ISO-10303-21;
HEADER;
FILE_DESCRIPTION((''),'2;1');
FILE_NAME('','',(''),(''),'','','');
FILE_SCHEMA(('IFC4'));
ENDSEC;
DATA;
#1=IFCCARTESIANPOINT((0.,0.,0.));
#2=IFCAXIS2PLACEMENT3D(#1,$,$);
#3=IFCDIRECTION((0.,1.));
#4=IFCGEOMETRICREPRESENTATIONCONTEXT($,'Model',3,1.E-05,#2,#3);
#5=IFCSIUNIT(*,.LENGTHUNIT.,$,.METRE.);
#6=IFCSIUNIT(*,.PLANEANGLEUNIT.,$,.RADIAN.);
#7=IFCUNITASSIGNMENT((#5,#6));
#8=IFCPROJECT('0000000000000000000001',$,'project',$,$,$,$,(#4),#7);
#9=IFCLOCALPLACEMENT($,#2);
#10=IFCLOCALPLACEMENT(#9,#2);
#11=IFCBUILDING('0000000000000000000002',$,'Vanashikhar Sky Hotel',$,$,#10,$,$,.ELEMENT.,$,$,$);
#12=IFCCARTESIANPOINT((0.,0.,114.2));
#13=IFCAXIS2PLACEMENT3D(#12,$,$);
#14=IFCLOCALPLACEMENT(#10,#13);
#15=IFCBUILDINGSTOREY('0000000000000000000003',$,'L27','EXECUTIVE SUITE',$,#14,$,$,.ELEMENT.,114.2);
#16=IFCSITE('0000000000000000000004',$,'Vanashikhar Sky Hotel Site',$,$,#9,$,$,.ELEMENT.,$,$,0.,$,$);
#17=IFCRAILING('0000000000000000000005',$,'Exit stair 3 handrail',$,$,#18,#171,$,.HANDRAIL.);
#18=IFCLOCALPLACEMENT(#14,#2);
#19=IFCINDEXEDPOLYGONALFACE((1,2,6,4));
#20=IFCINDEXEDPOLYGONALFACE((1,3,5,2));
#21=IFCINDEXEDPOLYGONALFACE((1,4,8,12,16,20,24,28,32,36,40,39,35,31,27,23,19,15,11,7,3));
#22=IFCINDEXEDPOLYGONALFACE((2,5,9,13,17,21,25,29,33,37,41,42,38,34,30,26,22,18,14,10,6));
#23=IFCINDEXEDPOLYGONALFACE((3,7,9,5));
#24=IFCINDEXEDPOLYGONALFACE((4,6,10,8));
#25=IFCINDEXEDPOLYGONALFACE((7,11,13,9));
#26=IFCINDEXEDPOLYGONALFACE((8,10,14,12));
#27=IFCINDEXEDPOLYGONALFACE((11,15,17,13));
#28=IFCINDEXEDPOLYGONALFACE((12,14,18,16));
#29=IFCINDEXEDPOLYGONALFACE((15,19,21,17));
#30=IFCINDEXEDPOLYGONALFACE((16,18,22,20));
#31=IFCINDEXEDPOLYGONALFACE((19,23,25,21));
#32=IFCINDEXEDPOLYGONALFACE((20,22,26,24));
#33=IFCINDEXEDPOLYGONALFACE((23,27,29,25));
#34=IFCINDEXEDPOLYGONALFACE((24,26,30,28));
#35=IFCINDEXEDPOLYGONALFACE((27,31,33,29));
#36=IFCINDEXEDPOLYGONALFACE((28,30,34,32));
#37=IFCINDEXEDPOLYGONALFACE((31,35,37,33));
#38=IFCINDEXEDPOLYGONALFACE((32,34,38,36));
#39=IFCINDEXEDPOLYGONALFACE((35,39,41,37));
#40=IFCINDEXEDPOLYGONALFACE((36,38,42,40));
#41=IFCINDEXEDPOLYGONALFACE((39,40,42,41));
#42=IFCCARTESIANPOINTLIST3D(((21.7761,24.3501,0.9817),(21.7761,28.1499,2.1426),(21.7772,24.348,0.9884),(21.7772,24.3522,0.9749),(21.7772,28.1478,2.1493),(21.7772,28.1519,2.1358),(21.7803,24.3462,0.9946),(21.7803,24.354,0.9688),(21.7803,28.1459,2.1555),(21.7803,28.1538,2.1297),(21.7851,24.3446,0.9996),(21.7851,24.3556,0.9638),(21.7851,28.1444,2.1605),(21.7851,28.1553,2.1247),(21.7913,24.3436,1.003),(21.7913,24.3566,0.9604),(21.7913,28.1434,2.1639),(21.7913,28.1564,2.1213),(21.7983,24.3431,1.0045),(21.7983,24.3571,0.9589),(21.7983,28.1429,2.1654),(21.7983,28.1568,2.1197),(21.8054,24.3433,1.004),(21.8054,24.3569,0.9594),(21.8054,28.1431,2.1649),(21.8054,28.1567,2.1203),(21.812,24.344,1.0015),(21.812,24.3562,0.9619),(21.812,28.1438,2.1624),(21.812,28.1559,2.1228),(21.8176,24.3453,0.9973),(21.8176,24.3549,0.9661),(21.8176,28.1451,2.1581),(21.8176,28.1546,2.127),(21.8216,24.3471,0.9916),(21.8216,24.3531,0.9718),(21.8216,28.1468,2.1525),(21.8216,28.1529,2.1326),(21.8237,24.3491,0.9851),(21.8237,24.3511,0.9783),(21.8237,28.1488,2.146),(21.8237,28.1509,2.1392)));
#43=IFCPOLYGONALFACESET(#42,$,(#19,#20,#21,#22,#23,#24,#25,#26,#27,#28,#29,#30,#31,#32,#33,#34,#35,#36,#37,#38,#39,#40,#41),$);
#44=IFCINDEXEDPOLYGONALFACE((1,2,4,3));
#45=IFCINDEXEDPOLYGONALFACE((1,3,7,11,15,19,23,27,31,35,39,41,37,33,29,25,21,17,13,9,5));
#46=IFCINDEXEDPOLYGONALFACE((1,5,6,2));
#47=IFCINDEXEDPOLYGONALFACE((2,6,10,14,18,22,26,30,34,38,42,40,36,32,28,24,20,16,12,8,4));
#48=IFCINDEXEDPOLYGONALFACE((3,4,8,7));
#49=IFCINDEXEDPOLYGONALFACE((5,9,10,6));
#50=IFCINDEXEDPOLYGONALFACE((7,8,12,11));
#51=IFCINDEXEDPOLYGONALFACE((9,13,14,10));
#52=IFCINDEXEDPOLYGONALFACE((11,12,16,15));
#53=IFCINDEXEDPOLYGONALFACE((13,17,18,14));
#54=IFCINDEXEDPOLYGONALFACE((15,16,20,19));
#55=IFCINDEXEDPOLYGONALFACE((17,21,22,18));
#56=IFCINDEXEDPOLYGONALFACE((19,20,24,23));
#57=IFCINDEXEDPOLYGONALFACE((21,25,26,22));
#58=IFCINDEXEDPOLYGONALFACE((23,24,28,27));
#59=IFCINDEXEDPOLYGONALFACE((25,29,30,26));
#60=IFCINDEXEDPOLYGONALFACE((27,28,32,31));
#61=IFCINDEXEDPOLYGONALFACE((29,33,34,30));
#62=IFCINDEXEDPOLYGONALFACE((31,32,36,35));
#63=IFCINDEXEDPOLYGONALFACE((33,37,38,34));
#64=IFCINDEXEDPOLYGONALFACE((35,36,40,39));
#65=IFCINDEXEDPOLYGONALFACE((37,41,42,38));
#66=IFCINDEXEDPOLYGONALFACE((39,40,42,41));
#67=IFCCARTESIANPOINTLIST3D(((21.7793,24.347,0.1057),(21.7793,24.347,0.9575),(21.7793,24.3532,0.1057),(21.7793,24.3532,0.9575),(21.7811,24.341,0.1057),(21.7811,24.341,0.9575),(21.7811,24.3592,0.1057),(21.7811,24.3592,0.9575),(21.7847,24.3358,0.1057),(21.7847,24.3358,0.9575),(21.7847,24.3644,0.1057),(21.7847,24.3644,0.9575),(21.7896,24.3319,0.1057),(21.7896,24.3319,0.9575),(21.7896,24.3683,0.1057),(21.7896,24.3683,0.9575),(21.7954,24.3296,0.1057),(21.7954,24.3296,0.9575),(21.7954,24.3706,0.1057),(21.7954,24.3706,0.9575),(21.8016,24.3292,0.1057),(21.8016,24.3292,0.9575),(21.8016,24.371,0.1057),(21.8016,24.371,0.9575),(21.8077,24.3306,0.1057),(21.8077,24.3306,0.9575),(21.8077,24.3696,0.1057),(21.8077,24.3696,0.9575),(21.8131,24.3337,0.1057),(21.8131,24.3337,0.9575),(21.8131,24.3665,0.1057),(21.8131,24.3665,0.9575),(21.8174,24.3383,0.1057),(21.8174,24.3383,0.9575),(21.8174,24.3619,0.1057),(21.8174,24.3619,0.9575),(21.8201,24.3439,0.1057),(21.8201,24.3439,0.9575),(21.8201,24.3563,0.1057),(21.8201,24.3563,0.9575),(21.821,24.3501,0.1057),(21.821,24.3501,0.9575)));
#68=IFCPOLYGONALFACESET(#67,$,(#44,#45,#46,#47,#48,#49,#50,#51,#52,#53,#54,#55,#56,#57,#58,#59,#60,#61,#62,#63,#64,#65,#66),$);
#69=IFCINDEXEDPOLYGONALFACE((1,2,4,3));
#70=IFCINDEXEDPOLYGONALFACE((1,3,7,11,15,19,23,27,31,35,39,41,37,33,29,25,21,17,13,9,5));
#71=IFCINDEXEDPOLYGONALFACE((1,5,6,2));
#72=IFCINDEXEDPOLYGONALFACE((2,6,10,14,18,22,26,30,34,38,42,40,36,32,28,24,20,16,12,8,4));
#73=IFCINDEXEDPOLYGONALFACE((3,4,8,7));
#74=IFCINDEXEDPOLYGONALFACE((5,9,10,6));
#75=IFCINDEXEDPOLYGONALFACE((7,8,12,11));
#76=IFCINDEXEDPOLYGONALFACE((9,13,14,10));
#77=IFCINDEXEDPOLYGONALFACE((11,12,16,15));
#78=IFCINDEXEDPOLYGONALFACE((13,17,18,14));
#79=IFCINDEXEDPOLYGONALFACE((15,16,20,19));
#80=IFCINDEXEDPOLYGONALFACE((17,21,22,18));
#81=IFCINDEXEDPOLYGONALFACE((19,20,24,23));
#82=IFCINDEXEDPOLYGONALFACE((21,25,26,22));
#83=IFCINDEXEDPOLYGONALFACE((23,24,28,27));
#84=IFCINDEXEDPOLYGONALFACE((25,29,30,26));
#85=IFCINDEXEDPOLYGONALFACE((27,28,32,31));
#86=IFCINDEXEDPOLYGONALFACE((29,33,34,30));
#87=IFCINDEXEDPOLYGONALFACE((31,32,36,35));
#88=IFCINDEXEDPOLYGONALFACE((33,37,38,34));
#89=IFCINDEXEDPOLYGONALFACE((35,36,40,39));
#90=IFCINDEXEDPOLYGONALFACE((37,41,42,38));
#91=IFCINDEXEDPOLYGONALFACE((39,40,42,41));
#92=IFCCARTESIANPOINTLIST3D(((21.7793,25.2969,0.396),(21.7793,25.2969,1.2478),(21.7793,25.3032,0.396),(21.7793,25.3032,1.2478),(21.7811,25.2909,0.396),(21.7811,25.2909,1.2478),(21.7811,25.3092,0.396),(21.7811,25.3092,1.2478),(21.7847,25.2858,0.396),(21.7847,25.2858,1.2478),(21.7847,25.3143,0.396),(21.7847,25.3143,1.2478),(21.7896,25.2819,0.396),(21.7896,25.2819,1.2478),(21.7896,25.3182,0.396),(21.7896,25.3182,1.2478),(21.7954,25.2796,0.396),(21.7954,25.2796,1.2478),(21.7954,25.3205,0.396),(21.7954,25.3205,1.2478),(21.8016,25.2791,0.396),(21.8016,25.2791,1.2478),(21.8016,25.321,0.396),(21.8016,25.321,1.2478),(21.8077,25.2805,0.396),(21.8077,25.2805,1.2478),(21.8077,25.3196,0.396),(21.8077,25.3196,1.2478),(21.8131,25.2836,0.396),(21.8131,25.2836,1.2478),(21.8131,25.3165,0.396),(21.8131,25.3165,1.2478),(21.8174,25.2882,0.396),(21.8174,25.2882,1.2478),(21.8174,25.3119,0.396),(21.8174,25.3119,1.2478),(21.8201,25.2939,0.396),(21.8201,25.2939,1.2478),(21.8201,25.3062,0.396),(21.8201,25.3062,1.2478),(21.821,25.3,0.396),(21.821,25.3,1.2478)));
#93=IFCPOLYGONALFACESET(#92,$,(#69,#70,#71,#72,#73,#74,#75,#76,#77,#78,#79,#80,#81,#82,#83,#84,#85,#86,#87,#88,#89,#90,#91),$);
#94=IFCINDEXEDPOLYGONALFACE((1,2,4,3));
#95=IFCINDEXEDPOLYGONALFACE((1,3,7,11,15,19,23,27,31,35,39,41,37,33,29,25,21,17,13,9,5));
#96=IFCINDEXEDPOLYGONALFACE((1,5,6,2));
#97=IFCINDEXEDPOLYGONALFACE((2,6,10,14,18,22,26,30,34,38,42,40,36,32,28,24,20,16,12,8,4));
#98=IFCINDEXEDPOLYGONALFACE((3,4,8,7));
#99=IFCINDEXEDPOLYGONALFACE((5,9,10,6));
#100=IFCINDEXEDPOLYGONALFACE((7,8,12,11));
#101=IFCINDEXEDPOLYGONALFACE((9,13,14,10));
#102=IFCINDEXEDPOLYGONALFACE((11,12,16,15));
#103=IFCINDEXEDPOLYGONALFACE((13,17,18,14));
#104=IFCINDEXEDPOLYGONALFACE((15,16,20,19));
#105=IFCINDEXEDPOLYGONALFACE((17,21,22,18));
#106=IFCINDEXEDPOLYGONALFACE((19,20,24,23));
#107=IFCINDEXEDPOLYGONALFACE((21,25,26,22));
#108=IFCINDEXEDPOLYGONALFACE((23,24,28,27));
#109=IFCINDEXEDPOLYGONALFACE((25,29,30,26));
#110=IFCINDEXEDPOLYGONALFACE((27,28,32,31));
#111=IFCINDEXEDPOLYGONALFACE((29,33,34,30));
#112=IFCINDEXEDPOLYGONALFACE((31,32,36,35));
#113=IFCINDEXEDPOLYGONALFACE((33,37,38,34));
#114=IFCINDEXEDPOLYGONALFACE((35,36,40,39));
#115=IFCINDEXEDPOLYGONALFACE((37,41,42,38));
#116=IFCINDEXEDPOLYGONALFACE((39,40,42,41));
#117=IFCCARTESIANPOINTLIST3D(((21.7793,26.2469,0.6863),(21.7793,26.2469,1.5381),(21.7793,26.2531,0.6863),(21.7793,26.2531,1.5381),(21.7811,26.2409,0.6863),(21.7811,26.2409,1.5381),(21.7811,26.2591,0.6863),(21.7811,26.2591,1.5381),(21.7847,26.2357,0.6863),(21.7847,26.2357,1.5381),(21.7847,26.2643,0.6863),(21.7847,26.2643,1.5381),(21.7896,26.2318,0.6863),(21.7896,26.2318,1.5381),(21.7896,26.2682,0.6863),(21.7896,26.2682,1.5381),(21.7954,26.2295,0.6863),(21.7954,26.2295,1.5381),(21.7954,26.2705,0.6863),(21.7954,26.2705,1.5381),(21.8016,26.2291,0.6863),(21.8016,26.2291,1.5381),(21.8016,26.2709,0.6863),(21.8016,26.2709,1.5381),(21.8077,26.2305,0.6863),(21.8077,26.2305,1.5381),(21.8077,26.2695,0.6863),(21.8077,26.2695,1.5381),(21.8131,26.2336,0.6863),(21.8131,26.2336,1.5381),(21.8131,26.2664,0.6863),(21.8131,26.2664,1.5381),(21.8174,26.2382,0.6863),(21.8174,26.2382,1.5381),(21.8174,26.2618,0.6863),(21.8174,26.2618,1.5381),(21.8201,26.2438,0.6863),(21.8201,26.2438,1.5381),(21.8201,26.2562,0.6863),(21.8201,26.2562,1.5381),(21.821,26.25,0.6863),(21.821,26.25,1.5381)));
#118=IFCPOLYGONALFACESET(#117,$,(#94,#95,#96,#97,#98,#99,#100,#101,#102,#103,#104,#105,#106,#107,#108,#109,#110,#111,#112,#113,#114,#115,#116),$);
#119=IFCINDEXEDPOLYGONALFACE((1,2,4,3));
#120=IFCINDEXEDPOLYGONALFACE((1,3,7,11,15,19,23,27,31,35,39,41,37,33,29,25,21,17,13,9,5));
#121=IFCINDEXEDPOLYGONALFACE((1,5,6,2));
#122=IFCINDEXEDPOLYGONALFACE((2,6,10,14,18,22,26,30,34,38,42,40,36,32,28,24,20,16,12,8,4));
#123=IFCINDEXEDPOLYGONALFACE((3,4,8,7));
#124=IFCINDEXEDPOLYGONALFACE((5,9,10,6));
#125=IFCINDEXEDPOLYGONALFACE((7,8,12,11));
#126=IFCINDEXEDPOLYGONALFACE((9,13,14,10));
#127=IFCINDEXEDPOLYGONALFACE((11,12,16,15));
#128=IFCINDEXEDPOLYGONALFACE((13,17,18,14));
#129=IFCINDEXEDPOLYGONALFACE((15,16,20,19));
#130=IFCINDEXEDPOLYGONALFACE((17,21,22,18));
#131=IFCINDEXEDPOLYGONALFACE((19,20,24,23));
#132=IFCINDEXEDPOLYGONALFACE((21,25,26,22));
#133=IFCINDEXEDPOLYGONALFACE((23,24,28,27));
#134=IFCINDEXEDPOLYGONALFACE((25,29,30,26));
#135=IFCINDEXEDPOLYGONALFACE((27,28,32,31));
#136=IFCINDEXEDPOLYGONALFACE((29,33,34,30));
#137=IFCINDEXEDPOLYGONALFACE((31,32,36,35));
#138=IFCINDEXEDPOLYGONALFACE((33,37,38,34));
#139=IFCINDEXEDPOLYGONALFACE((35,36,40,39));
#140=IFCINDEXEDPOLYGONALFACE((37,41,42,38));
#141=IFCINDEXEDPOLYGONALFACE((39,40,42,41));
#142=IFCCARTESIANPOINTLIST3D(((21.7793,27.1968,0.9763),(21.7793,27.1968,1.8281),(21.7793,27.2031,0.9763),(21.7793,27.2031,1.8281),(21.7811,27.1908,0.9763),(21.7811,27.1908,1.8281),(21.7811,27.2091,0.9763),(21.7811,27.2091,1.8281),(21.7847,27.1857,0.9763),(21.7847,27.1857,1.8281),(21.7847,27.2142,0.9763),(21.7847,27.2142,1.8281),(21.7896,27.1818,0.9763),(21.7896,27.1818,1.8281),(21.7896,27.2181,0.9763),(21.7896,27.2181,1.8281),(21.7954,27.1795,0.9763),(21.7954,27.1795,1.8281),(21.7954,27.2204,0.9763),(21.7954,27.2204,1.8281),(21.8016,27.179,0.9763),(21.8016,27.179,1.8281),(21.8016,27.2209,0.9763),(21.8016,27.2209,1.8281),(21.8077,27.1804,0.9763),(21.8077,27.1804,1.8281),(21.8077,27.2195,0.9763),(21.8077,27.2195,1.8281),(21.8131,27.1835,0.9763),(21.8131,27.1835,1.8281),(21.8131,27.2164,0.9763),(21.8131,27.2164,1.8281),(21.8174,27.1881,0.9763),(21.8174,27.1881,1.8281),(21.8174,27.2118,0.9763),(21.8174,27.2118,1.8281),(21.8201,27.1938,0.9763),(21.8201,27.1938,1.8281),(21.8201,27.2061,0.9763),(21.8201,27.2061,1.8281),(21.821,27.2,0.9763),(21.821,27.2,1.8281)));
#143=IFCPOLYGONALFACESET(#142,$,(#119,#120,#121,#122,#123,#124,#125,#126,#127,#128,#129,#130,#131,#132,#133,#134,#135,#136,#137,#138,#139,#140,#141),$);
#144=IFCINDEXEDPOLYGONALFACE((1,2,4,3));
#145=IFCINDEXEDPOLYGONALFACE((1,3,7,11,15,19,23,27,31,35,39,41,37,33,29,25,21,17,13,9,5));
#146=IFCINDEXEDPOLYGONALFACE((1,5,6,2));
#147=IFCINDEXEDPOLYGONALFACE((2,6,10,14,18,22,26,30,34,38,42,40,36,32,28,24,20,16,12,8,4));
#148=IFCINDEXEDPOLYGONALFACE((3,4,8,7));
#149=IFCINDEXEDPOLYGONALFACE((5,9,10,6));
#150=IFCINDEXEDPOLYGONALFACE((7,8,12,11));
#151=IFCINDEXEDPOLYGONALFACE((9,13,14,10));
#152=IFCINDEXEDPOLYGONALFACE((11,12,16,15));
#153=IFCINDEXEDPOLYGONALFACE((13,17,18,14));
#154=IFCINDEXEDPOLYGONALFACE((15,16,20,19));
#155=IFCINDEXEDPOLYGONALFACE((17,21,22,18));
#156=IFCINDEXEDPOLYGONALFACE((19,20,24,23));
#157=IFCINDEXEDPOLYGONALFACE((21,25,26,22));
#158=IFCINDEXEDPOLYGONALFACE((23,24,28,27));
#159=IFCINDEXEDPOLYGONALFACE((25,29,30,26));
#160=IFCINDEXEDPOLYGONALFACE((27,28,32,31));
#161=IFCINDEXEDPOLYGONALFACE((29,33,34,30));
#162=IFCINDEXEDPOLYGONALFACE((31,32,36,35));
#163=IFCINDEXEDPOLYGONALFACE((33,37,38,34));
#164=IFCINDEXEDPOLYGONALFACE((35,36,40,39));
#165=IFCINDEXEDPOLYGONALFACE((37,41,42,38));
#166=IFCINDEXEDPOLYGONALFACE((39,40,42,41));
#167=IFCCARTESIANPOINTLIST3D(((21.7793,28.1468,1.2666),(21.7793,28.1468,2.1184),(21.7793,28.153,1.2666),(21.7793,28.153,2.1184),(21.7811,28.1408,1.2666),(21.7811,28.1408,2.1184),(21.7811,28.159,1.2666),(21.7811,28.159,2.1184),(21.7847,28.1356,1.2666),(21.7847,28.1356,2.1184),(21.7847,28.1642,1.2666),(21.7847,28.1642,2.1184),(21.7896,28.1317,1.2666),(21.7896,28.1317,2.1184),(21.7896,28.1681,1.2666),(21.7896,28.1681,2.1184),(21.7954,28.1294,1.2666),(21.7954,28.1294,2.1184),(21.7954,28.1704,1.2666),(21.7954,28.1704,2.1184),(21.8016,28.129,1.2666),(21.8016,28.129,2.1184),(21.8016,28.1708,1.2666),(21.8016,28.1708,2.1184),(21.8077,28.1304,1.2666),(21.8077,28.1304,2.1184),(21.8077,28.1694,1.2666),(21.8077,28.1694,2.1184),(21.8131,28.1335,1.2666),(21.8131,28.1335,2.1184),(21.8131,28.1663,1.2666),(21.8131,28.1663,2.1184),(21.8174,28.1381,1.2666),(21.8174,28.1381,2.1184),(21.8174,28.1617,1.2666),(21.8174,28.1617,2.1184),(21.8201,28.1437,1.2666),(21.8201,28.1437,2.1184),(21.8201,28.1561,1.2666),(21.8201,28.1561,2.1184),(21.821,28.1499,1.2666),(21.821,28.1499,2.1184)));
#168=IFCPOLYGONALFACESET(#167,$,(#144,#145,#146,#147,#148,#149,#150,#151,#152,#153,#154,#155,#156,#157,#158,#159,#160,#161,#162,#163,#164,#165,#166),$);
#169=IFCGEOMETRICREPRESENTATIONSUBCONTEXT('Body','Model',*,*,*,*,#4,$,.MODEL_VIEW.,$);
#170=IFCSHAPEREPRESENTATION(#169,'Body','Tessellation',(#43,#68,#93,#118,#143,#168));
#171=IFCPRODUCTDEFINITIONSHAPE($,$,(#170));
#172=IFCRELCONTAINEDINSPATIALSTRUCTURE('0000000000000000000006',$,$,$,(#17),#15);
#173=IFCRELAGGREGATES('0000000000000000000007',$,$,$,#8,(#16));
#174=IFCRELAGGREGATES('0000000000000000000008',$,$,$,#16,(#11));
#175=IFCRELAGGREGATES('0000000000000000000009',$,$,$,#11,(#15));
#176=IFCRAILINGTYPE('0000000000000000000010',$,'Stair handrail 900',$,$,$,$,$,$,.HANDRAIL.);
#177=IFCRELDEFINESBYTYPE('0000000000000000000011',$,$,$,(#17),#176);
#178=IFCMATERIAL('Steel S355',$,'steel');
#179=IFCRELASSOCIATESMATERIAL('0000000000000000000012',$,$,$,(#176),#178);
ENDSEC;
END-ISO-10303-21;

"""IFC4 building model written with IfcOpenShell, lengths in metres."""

from ifc_helpers import new_model, si_unit, direction, frame, origin, origin_2d, place, context, subcontext, project, spatial, circle, extrude, source, transform, mapped, material, type_object, element, save


model = new_model("IFC4")

# Units and contexts
model_context = context("Model", 3, precision=1e-05, world=origin(), true_north=direction((0.0, 1.0)))
body_context = subcontext(model_context, "Body", "Model", "MODEL_VIEW")
ifc_project = project(units=[si_unit("LENGTHUNIT", "METRE"), si_unit("PLANEANGLEUNIT", "RADIAN")], contexts=[model_context])

# Site, building, storey
site_placement = place(None, origin())
site = spatial("IfcSite", under=ifc_project, at=site_placement, Name="Vanashikhar Sky Hotel Site", CompositionType="ELEMENT", RefElevation=0.0)
building_placement = place(site_placement, origin())
building = spatial("IfcBuilding", under=site, at=building_placement, Name="Vanashikhar Sky Hotel", CompositionType="ELEMENT")
storey_placement = place(building_placement, frame((0.0, 0.0, 114.2)))
storey = spatial("IfcBuildingStorey", under=building, at=storey_placement, Name="L27", Description="EXECUTIVE SUITE", CompositionType="ELEMENT", Elevation=114.2)

# Railing
ifc_material_1 = material(Name="Steel S355", Category="steel")
railing_type_1 = type_object("IfcRailingType", Name="Stair handrail 900", PredefinedType="HANDRAIL", material=ifc_material_1)
shared_shape_1 = source(origin(), body_context, "Body", "SweptSolid", [
    extrude(circle(Radius=0.0239, at=origin_2d()), frame((0.0, 0.0, 0.876), z_axis=(0.0, 0.956363, 0.292181), x_axis=(-1.0, 0.0, 0.0)), (0.0, 0.0, 1.0), 3.9731),
    extrude(circle(Radius=0.021, at=origin_2d()), origin(), (0.0, 0.0, 1.0), 0.8518),
    extrude(circle(Radius=0.021, at=origin_2d()), frame((0.0, 0.95, 0.2903)), (0.0, 0.0, 1.0), 0.8518),
    extrude(circle(Radius=0.021, at=origin_2d()), frame((0.0, 1.8999, 0.5806)), (0.0, 0.0, 1.0), 0.8518),
    extrude(circle(Radius=0.021, at=origin_2d()), frame((0.0, 2.8499, 0.8706)), (0.0, 0.0, 1.0), 0.8518),
    extrude(circle(Radius=0.021, at=origin_2d()), frame((0.0, 3.7998, 1.1609)), (0.0, 0.0, 1.0), 0.8518),
])
railing_1_placement = place(storey_placement, frame((21.8, 24.3501, 0.1057)))
element("IfcRailing", 1, at=railing_1_placement, inside=storey, type_object=railing_type_1, Name="Exit stair 3 handrail", PredefinedType="HANDRAIL", context=body_context, shape_type="MappedRepresentation", body=[
    mapped(shared_shape_1, transform((0.0, 0.0, 0.0), scale=1.0)),
])

save(model, "model.ifc")
